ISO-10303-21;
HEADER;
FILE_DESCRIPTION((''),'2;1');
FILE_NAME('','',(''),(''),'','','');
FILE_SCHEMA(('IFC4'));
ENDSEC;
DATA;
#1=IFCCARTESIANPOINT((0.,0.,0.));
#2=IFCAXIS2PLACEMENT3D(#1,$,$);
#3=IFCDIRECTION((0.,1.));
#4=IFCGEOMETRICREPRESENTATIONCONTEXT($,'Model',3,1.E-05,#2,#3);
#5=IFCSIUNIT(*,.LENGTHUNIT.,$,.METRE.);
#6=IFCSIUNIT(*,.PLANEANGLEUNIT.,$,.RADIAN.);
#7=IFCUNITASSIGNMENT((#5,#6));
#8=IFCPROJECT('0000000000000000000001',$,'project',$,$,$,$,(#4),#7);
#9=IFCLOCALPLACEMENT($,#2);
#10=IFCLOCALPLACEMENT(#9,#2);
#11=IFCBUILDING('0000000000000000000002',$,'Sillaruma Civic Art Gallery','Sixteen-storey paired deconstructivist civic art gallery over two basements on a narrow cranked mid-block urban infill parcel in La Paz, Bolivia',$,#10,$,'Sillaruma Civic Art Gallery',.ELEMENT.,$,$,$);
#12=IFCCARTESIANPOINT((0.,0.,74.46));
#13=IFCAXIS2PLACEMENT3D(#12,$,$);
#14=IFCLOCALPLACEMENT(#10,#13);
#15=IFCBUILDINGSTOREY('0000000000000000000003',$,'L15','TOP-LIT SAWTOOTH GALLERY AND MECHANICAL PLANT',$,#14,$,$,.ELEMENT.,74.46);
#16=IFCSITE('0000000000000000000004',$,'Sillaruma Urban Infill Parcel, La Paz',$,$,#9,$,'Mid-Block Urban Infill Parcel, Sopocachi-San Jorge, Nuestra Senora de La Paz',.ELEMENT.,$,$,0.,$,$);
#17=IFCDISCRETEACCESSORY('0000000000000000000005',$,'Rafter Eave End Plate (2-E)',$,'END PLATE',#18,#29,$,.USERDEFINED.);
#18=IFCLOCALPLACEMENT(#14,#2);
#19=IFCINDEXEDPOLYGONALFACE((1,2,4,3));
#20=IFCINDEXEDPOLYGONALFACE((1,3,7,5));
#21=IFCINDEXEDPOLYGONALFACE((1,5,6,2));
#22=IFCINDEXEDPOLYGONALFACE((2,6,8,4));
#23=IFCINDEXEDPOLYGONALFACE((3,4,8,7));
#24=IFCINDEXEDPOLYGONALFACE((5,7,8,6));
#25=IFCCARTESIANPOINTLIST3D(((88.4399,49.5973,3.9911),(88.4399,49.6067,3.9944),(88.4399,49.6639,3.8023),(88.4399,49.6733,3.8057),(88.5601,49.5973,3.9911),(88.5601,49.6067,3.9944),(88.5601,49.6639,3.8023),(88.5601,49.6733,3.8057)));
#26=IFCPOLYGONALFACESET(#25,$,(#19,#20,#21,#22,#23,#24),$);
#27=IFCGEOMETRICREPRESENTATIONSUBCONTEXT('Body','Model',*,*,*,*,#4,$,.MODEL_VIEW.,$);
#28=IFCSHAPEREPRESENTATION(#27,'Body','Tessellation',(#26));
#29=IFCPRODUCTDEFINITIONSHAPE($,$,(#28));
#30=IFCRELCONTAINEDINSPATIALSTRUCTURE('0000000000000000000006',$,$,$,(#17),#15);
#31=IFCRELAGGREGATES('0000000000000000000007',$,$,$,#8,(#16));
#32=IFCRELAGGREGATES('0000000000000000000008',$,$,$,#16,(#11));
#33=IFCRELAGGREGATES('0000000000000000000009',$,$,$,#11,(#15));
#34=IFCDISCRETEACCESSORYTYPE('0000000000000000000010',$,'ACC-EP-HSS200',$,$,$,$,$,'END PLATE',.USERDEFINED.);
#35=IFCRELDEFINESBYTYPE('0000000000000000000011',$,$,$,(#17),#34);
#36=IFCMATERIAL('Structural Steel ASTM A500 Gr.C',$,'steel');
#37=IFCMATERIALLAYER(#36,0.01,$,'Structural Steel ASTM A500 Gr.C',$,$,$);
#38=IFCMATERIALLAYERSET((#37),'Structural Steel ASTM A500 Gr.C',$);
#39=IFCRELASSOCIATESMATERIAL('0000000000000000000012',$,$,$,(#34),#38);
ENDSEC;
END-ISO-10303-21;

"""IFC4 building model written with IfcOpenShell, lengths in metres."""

from ifc_helpers import new_model, si_unit, direction, frame, origin, place, context, subcontext, project, spatial, polyline, outline, extrude, material, layer, layer_set, type_object, element, save


model = new_model("IFC4")

# Units and contexts
model_context = context("Model", 3, precision=1e-05, world=origin(), true_north=direction((0.0, 1.0)))
body_context = subcontext(model_context, "Body", "Model", "MODEL_VIEW")
ifc_project = project(units=[si_unit("LENGTHUNIT", "METRE"), si_unit("PLANEANGLEUNIT", "RADIAN")], contexts=[model_context])

# Site, building, storey
site_placement = place(None, origin())
site = spatial("IfcSite", under=ifc_project, at=site_placement, Name="Sillaruma Urban Infill Parcel, La Paz", LongName="Mid-Block Urban Infill Parcel, Sopocachi-San Jorge, Nuestra Senora de La Paz", CompositionType="ELEMENT", RefElevation=0.0)
building_placement = place(site_placement, origin())
building = spatial("IfcBuilding", under=site, at=building_placement, Name="Sillaruma Civic Art Gallery", Description="Sixteen-storey paired deconstructivist civic art gallery over two basements on a narrow cranked mid-block urban infill parcel in La Paz, Bolivia", LongName="Sillaruma Civic Art Gallery", CompositionType="ELEMENT")
storey_placement = place(building_placement, frame((0.0, 0.0, 74.46)))
storey = spatial("IfcBuildingStorey", under=building, at=storey_placement, Name="L15", Description="TOP-LIT SAWTOOTH GALLERY AND MECHANICAL PLANT", CompositionType="ELEMENT", Elevation=74.46)

# Shared definitions
ifc_material_1 = material(Name="Structural Steel ASTM A500 Gr.C", Category="steel")

# Discrete accessory
ifc_layer_1 = layer(ifc_material_1, 0.01, Name="Structural Steel ASTM A500 Gr.C")
ifc_layer_set_1 = layer_set([ifc_layer_1], Name="Structural Steel ASTM A500 Gr.C")
discrete_accessory_type = type_object("IfcDiscreteAccessoryType", Name="ACC-EP-HSS200", ElementType="END PLATE", PredefinedType="USERDEFINED", material=ifc_layer_set_1)
discrete_accessory_1_placement = place(storey_placement, frame((88.5601, 49.6733, 3.8057), z_axis=(0.0, 0.942923, 0.333012), x_axis=(-1.0, 0.0, 0.0)))
element("IfcDiscreteAccessory", 1, at=discrete_accessory_1_placement, inside=storey, type_object=discrete_accessory_type, Name="Rafter Eave End Plate (2-E)", ObjectType="END PLATE", PredefinedType="USERDEFINED", context=body_context, shape_type="SweptSolid", body=[
    extrude(outline(polyline([(0.0, 0.0), (0.1201, 0.0), (0.1201, 0.2001), (0.0, 0.2001), (0.0, 0.0)])), origin(), (0.0, 0.0, -1.0), 0.01),
])

save(model, "model.ifc")
